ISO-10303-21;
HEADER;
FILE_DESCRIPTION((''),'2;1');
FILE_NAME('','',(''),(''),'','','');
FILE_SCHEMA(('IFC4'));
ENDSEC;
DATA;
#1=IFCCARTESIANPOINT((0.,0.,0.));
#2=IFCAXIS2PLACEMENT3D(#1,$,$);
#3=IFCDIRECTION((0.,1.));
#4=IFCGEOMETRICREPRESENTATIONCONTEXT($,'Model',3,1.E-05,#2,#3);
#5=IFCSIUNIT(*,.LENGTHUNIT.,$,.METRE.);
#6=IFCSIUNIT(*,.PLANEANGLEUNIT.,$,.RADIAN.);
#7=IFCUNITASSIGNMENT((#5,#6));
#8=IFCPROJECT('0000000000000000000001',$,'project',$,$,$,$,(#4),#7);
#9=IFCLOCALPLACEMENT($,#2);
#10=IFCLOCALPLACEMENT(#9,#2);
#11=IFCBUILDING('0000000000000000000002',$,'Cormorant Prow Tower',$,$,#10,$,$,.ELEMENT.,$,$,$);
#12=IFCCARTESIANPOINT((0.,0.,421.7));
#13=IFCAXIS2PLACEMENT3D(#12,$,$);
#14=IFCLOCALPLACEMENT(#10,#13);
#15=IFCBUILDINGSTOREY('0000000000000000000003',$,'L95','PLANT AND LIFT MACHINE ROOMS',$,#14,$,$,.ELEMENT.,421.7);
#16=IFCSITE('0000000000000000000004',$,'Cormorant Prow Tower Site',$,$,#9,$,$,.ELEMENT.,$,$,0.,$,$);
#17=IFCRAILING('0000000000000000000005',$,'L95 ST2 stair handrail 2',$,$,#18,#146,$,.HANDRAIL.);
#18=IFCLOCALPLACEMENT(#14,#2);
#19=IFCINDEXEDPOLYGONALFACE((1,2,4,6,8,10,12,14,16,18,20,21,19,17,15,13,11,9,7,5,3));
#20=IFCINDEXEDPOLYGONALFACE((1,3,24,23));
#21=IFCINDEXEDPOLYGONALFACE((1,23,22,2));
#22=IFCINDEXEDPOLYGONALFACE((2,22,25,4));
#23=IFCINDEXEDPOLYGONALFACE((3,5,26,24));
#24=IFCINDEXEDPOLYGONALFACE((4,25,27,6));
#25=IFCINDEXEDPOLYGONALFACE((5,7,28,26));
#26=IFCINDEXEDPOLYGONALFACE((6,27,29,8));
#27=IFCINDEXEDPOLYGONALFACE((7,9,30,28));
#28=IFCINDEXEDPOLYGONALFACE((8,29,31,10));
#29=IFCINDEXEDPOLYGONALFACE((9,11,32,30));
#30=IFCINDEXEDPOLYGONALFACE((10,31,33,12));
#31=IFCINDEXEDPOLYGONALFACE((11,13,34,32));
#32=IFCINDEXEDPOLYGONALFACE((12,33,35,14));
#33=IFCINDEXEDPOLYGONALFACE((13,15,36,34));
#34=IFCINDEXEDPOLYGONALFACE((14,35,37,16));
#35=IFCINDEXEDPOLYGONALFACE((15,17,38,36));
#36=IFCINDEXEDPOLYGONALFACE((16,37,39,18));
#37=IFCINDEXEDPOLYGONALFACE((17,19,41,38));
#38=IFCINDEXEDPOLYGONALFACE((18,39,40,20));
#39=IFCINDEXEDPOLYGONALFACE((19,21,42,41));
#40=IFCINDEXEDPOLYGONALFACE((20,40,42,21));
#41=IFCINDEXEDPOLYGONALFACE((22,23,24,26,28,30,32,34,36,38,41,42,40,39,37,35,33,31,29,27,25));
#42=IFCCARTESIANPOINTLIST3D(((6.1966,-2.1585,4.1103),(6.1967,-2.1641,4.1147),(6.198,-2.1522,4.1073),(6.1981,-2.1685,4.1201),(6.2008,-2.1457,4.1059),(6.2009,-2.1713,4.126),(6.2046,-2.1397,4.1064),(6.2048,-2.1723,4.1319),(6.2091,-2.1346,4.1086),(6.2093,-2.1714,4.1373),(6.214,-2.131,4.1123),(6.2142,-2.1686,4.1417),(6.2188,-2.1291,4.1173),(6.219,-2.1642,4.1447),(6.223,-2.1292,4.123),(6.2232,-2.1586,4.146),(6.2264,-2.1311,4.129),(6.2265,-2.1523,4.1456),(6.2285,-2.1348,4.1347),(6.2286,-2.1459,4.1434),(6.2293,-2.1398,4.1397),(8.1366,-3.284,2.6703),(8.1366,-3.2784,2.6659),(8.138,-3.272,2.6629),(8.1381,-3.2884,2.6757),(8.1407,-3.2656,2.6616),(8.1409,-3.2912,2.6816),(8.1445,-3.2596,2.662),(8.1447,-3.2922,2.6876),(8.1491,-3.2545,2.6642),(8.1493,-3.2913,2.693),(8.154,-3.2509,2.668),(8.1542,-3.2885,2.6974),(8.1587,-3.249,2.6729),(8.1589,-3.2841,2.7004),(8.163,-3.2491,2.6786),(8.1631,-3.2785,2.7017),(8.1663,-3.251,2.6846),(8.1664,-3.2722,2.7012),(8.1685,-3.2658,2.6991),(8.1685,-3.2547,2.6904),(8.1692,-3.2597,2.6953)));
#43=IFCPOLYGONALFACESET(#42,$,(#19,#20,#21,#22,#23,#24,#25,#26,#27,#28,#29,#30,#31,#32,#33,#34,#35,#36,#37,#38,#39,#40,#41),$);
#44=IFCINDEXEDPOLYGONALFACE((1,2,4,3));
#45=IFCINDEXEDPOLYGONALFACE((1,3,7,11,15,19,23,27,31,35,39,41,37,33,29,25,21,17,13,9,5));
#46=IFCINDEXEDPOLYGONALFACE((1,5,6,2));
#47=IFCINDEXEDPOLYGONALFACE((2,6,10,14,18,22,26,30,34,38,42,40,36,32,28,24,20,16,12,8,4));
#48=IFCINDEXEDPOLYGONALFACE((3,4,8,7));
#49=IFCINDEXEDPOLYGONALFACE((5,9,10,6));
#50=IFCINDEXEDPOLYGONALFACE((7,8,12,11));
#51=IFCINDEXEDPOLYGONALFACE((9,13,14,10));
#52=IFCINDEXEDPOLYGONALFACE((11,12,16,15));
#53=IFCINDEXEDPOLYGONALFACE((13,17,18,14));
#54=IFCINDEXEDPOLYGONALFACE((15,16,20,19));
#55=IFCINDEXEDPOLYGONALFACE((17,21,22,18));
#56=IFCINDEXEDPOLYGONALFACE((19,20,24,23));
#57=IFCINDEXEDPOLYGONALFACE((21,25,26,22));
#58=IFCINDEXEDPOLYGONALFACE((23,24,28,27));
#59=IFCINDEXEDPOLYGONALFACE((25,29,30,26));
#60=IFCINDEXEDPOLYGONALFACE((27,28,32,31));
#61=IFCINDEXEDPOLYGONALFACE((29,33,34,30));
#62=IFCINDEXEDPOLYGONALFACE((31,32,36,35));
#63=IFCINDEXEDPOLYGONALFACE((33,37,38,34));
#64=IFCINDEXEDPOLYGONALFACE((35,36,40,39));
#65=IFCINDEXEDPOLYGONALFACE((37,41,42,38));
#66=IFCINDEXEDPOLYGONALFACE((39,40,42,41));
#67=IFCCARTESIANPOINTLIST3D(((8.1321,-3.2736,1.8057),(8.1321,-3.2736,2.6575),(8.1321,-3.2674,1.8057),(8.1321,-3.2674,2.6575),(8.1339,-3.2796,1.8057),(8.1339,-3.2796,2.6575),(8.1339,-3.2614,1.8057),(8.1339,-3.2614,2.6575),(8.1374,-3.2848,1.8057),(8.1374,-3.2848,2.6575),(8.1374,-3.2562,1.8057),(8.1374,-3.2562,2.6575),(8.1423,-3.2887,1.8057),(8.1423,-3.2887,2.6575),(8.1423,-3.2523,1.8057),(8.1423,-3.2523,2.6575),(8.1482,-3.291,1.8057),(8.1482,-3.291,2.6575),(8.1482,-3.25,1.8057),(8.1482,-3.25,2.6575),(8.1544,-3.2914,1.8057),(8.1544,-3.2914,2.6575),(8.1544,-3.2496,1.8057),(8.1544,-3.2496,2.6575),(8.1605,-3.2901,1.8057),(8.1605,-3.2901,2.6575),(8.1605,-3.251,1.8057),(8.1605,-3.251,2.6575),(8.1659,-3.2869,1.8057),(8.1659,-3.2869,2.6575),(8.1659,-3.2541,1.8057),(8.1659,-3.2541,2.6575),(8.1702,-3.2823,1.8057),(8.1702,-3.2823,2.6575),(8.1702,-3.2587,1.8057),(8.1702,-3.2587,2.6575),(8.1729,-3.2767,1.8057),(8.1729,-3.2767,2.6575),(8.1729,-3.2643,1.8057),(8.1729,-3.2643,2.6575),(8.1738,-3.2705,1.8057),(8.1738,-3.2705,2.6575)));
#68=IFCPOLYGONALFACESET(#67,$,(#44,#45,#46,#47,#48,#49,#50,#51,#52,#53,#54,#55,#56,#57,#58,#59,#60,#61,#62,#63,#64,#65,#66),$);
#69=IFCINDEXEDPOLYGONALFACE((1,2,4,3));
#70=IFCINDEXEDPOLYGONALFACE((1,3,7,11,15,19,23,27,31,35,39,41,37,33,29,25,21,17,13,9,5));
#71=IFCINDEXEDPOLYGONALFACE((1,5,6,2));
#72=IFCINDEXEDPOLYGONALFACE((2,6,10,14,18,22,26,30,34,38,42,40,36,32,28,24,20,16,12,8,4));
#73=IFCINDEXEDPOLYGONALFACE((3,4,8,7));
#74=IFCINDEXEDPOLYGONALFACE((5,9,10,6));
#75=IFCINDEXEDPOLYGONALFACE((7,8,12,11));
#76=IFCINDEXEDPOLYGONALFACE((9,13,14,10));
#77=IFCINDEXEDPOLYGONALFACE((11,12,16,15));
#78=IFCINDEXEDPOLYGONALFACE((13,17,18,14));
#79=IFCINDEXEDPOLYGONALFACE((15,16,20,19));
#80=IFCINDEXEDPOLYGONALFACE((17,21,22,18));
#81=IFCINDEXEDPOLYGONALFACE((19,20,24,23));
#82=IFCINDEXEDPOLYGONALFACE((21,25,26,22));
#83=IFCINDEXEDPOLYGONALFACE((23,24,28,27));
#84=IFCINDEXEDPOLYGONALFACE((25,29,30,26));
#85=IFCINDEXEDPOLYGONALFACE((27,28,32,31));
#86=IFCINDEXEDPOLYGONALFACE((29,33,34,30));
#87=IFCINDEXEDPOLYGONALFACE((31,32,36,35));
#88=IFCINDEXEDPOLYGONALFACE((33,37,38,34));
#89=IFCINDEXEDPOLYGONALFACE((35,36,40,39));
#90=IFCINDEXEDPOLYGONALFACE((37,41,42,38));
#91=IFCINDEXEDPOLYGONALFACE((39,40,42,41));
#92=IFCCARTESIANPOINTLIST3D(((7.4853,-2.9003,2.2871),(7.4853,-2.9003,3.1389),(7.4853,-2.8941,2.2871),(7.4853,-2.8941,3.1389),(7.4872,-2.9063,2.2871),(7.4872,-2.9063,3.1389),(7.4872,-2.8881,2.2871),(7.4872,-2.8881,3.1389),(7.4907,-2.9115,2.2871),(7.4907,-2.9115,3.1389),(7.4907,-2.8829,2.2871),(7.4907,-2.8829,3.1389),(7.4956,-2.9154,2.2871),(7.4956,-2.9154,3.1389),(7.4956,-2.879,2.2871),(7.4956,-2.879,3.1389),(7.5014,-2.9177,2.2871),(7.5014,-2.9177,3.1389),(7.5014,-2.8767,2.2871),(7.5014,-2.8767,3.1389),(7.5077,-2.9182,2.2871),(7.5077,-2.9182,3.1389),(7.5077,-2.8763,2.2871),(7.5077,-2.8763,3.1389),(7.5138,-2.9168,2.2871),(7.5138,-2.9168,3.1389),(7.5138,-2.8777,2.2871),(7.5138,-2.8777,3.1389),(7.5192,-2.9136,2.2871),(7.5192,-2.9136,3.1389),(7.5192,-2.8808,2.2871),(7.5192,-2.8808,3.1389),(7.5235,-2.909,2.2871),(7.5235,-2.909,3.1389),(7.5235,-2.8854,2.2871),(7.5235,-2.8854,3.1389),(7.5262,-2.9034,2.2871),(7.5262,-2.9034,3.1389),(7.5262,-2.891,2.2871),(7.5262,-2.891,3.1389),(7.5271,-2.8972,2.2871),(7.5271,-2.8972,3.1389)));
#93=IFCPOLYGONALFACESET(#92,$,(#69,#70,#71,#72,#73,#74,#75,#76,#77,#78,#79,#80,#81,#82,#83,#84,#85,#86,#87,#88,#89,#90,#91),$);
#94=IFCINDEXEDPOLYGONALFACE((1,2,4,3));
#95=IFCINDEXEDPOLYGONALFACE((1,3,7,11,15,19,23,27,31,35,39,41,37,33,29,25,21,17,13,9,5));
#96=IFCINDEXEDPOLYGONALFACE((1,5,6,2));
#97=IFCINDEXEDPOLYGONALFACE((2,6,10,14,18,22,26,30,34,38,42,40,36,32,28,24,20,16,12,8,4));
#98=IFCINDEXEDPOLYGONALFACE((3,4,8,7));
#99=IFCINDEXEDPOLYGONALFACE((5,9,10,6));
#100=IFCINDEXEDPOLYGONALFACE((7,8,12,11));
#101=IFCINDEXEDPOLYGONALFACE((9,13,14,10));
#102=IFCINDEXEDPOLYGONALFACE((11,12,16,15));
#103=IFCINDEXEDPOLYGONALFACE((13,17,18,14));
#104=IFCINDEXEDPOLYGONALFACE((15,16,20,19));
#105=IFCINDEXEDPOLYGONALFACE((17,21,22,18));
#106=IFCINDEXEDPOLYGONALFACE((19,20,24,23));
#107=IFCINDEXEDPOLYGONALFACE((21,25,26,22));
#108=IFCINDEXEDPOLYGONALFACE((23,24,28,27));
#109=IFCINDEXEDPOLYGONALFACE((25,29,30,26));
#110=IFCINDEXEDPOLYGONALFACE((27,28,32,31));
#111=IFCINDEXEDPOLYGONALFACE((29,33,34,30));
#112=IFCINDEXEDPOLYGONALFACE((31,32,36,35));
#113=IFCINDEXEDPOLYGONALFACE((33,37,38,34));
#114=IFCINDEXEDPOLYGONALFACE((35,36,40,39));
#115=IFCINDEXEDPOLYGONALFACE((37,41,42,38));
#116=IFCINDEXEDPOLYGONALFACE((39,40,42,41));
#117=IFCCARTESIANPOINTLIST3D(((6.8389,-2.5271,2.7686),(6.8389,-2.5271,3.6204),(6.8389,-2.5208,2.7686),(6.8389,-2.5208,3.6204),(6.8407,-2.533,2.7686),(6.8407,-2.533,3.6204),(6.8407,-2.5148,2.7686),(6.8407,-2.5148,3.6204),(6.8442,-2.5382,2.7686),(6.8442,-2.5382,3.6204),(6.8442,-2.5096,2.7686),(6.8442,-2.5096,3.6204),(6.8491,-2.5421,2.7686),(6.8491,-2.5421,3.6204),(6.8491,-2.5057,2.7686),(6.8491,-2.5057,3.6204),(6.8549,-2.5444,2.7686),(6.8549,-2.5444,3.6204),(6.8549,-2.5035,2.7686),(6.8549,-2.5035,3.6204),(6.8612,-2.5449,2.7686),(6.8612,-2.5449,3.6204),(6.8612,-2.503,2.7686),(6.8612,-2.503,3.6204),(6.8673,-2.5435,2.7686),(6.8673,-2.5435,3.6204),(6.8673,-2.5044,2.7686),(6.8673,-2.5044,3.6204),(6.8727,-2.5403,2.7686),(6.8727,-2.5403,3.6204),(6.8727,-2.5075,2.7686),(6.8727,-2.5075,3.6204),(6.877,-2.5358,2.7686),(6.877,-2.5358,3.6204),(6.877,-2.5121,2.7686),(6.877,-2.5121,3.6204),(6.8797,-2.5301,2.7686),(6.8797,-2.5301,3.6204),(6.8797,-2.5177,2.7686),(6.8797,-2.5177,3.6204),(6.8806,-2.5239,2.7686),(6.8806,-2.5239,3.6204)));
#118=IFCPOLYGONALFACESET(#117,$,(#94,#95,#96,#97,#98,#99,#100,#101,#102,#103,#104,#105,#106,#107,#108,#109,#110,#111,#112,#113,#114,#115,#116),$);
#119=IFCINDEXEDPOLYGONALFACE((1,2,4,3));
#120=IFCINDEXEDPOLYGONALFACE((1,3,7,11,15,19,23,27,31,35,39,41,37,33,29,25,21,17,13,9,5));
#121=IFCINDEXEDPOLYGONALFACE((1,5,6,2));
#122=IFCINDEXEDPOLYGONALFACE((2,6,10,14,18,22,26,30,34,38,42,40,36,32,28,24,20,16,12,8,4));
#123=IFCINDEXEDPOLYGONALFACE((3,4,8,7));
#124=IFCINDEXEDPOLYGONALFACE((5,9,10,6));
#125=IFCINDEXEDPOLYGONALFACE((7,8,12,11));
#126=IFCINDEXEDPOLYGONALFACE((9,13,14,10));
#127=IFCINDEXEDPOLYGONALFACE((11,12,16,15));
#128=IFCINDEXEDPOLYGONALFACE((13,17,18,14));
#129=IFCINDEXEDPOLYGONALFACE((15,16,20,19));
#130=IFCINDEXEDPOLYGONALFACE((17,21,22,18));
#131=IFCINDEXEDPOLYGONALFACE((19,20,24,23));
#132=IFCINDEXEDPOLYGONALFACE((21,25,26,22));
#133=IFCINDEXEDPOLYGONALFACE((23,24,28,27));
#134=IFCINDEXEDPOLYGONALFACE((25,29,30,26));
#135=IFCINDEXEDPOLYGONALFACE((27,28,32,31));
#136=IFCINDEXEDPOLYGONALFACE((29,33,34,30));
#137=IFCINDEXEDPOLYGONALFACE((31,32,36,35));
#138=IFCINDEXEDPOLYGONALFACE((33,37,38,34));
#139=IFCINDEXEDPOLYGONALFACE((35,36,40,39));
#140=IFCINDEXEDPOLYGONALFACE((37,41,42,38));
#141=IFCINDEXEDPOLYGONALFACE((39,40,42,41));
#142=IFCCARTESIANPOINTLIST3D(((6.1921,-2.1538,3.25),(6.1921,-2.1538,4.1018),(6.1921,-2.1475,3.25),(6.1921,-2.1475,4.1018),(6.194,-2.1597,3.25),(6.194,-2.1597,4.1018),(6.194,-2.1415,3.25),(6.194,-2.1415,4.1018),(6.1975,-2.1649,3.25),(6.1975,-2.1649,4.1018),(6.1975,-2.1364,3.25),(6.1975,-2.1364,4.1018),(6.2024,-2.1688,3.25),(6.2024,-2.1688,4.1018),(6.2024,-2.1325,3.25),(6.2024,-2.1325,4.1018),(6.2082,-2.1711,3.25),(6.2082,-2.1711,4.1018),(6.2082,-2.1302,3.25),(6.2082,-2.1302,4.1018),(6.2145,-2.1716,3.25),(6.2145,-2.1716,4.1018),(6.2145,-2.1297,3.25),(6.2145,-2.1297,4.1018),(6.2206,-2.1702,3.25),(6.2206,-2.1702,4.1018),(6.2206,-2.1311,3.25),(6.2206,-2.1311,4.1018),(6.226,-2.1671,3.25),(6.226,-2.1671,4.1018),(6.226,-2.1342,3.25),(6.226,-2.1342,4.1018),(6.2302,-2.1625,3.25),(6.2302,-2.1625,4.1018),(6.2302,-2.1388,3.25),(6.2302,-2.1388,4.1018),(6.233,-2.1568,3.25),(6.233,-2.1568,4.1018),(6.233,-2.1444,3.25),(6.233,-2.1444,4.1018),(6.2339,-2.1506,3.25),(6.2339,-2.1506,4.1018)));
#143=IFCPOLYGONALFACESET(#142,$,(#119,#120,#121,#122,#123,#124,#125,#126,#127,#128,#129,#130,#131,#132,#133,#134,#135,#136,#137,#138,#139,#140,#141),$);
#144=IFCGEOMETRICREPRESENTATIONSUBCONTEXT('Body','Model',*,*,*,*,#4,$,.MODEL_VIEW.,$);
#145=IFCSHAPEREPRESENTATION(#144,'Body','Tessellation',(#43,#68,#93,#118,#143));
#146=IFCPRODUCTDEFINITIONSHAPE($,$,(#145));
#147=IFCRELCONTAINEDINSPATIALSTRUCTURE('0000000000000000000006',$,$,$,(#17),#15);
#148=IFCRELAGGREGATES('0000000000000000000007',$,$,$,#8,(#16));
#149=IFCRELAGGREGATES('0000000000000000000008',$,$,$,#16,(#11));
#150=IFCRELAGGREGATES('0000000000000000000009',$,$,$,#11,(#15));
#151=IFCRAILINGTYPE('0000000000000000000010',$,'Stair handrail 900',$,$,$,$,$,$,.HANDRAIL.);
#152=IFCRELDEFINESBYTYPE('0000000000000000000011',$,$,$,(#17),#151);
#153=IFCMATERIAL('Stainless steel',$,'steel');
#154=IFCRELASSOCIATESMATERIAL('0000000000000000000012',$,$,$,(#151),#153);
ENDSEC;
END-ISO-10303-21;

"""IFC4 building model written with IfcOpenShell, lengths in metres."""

from ifc_helpers import new_model, si_unit, direction, frame, origin, origin_2d, place, context, subcontext, project, spatial, circle, extrude, material, type_object, element, save


model = new_model("IFC4")

# Units and contexts
model_context = context("Model", 3, precision=1e-05, world=origin(), true_north=direction((0.0, 1.0)))
body_context = subcontext(model_context, "Body", "Model", "MODEL_VIEW")
ifc_project = project(units=[si_unit("LENGTHUNIT", "METRE"), si_unit("PLANEANGLEUNIT", "RADIAN")], contexts=[model_context])

# Site, building, storey
site_placement = place(None, origin())
site = spatial("IfcSite", under=ifc_project, at=site_placement, Name="Cormorant Prow Tower Site", CompositionType="ELEMENT", RefElevation=0.0)
building_placement = place(site_placement, origin())
building = spatial("IfcBuilding", under=site, at=building_placement, Name="Cormorant Prow Tower", CompositionType="ELEMENT")
storey_placement = place(building_placement, frame((0.0, 0.0, 421.7)))
storey = spatial("IfcBuildingStorey", under=building, at=storey_placement, Name="L95", Description="PLANT AND LIFT MACHINE ROOMS", CompositionType="ELEMENT", Elevation=421.7)

# Railing
ifc_material_1 = material(Name="Stainless steel", Category="steel")
railing_type_1 = type_object("IfcRailingType", Name="Stair handrail 900", PredefinedType="HANDRAIL", material=ifc_material_1)
railing_1_placement = place(storey_placement, frame((8.1528, -3.2705, 1.8057)))
element("IfcRailing", 1, at=railing_1_placement, inside=storey, type_object=railing_type_1, Name="L95 ST2 stair handrail 2", PredefinedType="HANDRAIL", context=body_context, shape_type="SweptSolid", body=[
    extrude(circle(Radius=0.0239, at=origin_2d()), frame((0.0, 0.0, 0.876), z_axis=(-0.727863, 0.420175, 0.541912), x_axis=(-0.499949, -0.866055, 0.0)), (0.0, 0.0, 1.0), 2.6653),
    extrude(circle(Radius=0.021, at=origin_2d()), origin(), (0.0, 0.0, 1.0), 0.8518),
    extrude(circle(Radius=0.021, at=origin_2d()), frame((-0.6467, 0.3733, 0.4814)), (0.0, 0.0, 1.0), 0.8518),
    extrude(circle(Radius=0.021, at=origin_2d()), frame((-1.2932, 0.7466, 0.9629)), (0.0, 0.0, 1.0), 0.8518),
    extrude(circle(Radius=0.021, at=origin_2d()), frame((-1.9399, 1.1199, 1.4443)), (0.0, 0.0, 1.0), 0.8518),
])

save(model, "model.ifc")
